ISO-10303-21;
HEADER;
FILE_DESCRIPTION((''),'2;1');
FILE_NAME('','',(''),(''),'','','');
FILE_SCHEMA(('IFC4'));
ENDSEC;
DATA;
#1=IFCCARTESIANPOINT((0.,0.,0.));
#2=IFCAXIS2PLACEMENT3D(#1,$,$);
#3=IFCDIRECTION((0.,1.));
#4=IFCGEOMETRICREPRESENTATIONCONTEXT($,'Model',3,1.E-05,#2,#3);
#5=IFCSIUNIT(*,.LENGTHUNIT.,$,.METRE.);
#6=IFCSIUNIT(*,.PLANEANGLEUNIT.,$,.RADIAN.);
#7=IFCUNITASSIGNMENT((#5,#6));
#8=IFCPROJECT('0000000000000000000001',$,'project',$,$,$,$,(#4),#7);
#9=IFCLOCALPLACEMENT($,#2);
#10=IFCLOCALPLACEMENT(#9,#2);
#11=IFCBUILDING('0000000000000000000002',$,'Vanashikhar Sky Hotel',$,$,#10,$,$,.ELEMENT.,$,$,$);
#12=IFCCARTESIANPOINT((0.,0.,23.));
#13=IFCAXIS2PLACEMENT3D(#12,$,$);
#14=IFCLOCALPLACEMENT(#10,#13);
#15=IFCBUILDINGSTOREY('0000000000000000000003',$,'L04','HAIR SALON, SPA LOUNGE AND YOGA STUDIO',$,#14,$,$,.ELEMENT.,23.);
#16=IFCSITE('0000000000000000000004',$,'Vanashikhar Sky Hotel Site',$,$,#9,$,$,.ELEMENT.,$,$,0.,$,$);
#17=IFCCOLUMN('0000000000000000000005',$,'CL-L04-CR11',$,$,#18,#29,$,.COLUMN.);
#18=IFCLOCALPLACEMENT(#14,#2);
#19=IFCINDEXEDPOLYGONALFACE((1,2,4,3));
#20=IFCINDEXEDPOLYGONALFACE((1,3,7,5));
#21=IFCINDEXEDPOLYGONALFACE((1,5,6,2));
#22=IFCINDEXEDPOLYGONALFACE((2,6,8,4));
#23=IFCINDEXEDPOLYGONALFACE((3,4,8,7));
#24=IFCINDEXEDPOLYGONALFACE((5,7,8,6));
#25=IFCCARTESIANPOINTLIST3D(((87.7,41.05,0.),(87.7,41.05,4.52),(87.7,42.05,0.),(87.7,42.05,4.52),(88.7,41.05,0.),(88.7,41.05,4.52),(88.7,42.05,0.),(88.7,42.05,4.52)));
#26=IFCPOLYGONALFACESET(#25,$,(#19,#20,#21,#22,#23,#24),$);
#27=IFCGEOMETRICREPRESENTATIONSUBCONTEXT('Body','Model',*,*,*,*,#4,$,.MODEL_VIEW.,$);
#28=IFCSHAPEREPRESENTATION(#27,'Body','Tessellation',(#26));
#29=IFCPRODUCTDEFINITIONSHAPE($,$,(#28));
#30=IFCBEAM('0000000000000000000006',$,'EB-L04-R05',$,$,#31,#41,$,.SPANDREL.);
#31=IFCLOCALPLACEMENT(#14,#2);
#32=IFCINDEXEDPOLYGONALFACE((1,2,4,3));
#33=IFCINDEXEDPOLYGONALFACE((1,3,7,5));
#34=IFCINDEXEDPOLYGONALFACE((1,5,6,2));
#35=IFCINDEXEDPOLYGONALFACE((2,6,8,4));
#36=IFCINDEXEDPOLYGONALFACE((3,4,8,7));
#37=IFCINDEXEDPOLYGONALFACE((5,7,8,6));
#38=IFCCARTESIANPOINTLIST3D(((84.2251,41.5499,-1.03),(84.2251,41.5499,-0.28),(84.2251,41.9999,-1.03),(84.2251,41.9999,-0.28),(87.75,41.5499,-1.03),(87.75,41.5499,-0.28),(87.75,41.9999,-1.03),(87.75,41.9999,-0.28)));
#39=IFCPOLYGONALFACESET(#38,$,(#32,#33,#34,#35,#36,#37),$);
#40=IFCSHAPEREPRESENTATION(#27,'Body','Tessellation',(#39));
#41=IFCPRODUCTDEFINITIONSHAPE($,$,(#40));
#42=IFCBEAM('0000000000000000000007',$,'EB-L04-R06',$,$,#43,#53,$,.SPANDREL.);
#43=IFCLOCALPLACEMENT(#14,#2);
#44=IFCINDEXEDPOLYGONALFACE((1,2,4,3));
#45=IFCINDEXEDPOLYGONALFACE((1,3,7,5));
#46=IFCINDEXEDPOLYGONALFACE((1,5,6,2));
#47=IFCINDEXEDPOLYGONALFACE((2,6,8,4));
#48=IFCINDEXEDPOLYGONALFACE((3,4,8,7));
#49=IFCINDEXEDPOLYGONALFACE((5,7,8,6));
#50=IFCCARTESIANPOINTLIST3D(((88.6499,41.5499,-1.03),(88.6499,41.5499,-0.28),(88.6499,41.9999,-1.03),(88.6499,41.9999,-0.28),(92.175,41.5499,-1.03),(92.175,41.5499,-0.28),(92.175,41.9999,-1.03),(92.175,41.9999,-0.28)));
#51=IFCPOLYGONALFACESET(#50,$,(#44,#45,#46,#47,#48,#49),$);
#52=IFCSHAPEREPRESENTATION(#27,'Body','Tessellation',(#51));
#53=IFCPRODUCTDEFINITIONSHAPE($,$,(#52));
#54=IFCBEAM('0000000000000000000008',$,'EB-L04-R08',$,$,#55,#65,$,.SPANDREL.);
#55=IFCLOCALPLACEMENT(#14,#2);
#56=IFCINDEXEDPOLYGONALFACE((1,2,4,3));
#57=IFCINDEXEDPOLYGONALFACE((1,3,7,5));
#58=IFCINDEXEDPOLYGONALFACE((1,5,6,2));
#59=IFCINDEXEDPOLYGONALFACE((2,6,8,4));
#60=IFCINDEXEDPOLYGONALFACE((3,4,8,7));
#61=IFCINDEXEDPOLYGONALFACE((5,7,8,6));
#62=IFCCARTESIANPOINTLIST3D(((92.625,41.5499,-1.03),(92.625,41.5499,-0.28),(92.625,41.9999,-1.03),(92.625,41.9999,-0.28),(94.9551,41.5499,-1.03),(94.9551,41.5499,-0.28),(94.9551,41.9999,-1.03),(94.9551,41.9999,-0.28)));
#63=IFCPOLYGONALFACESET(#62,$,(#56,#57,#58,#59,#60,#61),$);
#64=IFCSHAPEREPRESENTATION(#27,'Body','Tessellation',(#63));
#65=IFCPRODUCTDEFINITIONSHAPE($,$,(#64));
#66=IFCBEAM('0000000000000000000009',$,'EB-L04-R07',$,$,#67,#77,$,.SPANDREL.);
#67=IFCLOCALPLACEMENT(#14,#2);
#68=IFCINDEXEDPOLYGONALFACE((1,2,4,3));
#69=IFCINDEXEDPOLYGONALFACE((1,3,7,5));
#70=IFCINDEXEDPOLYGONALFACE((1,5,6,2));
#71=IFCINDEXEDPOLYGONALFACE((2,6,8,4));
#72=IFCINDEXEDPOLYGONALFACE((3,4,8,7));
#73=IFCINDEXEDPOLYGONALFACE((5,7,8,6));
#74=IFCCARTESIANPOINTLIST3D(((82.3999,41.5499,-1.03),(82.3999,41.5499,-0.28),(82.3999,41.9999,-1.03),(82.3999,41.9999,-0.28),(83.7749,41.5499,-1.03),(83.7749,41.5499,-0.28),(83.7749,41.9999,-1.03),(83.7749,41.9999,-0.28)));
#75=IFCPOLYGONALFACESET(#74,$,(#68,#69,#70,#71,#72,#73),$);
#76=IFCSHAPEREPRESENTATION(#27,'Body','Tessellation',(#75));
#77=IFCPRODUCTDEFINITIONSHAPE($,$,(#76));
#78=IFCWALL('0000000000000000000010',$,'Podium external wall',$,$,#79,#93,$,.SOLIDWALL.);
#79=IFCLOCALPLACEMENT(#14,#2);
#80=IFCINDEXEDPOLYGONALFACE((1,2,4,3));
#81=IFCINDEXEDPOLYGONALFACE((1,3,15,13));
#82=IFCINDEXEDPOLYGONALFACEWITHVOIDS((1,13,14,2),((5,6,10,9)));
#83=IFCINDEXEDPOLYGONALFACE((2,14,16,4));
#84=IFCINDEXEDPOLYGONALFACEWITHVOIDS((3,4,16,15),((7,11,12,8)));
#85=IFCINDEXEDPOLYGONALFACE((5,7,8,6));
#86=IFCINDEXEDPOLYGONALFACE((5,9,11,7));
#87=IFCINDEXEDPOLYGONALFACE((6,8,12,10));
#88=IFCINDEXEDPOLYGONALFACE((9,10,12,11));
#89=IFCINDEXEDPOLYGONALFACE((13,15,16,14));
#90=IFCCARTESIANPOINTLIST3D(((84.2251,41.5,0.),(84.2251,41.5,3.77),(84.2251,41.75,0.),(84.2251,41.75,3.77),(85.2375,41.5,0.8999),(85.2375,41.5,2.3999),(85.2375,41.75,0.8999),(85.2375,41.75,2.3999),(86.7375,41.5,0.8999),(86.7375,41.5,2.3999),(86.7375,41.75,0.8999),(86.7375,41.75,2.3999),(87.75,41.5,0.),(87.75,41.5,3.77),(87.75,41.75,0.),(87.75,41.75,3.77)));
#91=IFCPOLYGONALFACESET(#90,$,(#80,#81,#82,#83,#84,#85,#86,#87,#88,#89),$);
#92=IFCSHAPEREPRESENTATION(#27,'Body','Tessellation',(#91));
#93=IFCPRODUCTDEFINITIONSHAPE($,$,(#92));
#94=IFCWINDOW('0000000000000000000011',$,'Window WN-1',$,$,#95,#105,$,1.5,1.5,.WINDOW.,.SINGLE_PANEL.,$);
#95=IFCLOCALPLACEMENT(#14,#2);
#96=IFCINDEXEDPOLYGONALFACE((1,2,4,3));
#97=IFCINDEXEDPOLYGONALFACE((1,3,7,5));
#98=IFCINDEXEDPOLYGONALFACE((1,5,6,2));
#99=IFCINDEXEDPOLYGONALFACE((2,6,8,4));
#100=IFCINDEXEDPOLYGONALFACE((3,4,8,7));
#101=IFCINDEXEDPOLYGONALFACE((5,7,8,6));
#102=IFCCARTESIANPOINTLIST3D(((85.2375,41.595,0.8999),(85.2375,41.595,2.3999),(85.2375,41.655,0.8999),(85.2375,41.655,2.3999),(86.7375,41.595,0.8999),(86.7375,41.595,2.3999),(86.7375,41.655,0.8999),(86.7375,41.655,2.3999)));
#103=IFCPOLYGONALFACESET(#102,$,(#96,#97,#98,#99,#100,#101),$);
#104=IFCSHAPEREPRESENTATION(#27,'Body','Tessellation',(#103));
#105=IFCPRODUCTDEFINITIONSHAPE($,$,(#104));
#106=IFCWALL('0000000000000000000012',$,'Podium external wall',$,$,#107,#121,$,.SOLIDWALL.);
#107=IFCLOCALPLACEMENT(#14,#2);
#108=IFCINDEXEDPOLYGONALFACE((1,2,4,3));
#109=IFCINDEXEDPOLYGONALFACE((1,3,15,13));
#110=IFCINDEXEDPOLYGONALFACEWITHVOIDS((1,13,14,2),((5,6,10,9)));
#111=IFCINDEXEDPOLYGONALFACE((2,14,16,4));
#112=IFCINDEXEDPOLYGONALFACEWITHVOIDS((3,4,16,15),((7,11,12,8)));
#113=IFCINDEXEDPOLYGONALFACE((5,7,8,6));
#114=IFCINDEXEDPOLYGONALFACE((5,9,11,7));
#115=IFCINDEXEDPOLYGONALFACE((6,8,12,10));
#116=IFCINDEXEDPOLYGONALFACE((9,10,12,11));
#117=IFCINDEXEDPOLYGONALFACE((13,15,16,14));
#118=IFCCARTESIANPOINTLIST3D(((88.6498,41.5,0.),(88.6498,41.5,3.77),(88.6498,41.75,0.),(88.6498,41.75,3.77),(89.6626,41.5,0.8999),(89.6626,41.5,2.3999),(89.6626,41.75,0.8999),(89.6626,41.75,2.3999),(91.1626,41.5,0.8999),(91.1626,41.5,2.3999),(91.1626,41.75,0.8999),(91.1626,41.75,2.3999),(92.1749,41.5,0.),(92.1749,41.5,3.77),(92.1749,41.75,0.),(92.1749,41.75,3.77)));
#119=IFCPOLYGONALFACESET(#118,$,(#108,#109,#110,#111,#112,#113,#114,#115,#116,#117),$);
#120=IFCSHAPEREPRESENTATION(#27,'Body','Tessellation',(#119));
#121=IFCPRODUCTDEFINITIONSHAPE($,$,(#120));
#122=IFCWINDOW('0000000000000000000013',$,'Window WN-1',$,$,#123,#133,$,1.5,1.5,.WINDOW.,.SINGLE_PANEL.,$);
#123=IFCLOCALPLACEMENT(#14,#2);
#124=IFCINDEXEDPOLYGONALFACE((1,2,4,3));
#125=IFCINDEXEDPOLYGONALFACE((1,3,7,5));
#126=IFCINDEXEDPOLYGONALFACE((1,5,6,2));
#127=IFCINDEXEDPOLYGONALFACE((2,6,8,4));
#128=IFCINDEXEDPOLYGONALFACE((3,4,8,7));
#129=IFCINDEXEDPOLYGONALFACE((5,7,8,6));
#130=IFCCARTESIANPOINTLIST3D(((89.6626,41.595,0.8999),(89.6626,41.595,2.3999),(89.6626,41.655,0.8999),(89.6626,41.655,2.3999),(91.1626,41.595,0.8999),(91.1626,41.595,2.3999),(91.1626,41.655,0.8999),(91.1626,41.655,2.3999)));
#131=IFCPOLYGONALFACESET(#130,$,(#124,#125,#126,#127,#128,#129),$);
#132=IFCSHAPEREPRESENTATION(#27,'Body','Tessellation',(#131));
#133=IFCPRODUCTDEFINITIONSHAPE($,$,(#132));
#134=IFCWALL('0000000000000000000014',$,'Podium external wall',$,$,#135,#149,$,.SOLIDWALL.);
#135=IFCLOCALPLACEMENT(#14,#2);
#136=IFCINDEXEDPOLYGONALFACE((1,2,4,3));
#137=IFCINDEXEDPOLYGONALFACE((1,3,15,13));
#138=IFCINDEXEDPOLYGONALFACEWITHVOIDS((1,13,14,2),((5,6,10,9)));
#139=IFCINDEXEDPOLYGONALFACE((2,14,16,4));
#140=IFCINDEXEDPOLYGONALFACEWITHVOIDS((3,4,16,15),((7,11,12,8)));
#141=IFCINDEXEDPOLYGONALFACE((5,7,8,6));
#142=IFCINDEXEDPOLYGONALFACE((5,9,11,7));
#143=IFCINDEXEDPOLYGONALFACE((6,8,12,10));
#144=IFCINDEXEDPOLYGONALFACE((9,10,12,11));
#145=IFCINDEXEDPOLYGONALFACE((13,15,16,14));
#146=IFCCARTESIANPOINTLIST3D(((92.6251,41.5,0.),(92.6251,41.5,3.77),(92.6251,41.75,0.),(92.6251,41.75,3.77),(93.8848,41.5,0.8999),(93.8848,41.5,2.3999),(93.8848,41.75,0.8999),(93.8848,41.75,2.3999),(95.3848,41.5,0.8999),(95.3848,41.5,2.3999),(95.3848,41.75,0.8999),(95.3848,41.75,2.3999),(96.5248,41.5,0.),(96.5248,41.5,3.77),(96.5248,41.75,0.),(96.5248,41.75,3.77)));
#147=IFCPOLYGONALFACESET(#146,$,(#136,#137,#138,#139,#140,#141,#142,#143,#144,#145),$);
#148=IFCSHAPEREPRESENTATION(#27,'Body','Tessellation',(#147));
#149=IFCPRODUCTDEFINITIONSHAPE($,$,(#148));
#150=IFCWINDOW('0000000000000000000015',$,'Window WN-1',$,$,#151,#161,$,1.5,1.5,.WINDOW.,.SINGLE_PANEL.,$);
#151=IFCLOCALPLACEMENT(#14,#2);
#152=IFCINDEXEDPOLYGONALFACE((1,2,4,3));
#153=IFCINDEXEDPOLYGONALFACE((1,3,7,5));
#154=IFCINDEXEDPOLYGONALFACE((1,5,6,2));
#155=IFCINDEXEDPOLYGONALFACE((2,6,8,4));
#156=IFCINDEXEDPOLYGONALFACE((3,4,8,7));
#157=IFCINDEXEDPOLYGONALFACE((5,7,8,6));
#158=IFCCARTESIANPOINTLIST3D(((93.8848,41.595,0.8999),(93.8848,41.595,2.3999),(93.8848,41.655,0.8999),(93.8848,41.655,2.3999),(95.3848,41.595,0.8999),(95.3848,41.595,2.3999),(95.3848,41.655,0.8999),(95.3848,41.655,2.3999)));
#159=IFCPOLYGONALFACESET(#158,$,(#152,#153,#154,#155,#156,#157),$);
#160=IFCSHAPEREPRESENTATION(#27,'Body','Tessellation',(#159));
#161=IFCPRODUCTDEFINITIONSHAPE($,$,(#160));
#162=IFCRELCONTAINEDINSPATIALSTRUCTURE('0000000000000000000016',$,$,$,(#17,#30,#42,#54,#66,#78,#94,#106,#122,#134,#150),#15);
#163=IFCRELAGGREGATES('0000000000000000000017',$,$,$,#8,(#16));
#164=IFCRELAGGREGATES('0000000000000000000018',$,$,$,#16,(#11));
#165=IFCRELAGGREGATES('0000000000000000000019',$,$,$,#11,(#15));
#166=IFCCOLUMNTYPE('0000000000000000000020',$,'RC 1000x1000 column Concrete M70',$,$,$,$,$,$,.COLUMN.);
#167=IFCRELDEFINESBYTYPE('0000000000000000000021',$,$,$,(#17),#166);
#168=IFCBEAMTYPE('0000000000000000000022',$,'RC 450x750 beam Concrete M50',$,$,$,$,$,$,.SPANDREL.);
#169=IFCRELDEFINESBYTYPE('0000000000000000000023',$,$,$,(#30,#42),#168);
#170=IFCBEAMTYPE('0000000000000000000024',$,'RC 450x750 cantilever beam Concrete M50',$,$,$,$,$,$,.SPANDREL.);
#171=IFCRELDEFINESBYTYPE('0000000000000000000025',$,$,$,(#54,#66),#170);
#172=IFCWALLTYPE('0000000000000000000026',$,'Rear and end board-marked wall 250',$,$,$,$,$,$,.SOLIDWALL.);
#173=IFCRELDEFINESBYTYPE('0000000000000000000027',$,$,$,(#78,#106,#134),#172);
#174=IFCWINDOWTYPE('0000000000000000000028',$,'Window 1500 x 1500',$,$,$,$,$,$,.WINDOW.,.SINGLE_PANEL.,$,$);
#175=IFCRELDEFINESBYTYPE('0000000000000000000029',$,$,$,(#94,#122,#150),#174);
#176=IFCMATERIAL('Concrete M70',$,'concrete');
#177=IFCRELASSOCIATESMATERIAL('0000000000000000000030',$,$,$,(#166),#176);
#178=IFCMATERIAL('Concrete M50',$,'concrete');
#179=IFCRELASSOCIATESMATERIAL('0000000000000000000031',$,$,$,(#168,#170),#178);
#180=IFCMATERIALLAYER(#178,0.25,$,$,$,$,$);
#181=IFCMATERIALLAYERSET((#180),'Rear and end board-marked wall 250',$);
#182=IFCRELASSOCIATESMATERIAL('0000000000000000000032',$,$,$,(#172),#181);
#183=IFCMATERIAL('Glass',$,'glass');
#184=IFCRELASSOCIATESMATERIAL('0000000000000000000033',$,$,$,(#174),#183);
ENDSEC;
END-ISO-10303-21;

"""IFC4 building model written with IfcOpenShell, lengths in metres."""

from ifc_helpers import new_model, si_unit, direction, frame, frame_2d, origin, origin_2d, place, context, subcontext, project, spatial, rectangle, extrude, source, transform, mapped, material, layer, layer_set, material_profile, profile_set, type_object, element, fill, save


model = new_model("IFC4")

# Units and contexts
model_context = context("Model", 3, precision=1e-05, world=origin(), true_north=direction((0.0, 1.0)))
body_context = subcontext(model_context, "Body", "Model", "MODEL_VIEW")
ifc_project = project(units=[si_unit("LENGTHUNIT", "METRE"), si_unit("PLANEANGLEUNIT", "RADIAN")], contexts=[model_context])

# Site, building, storey
site_placement = place(None, origin())
site = spatial("IfcSite", under=ifc_project, at=site_placement, Name="Vanashikhar Sky Hotel Site", CompositionType="ELEMENT", RefElevation=0.0)
building_placement = place(site_placement, origin())
building = spatial("IfcBuilding", under=site, at=building_placement, Name="Vanashikhar Sky Hotel", CompositionType="ELEMENT")
storey_placement = place(building_placement, frame((0.0, 0.0, 23.0)))
storey = spatial("IfcBuildingStorey", under=building, at=storey_placement, Name="L04", Description="HAIR SALON, SPA LOUNGE AND YOGA STUDIO", CompositionType="ELEMENT", Elevation=23.0)

# Column
ifc_material_1 = material(Name="Concrete M70", Category="concrete")
ifc_material_profile_1 = material_profile(ifc_material_1, rectangle(XDim=1.0, YDim=1.0, at=origin_2d()))
ifc_profile_set_1 = profile_set([ifc_material_profile_1], Name="RC 1000x1000 column Concrete M70")
column_type = type_object("IfcColumnType", Name="RC 1000x1000 column Concrete M70", PredefinedType="COLUMN", material=ifc_profile_set_1)
shared_shape_1 = source(origin(), body_context, "Body", "SweptSolid", [
    extrude(rectangle(XDim=1.0, YDim=1.0, at=origin_2d()), origin(), (0.0, 0.0, 1.0), 4.52),
])
column_placement = place(storey_placement, frame((88.2, 41.55, 0.0), z_axis=(0.0, 0.0, 1.0), x_axis=(1.0, 0.0, 0.0)))
element("IfcColumn", 1, at=column_placement, inside=storey, type_object=column_type, Name="CL-L04-CR11", PredefinedType="COLUMN", context=body_context, shape_type="MappedRepresentation", body=[
    mapped(shared_shape_1, transform((0.0, 0.0, 0.0), scale=1.0)),
])

# Beams
ifc_material_2 = material(Name="Concrete M50", Category="concrete")
ifc_material_profile_2 = material_profile(ifc_material_2, rectangle(XDim=0.45, YDim=0.75, at=origin_2d()))
ifc_profile_set_2 = profile_set([ifc_material_profile_2], Name="RC 450x750 beam Concrete M50")
beam_type_1 = type_object("IfcBeamType", Name="RC 450x750 beam Concrete M50", PredefinedType="SPANDREL", material=ifc_profile_set_2)
shared_shape_2 = source(origin(), body_context, "Body", "SweptSolid", [
    extrude(rectangle(XDim=0.45, YDim=0.75, at=origin_2d()), origin(), (0.0, 0.0, 1.0), 3.5249),
])
beam_1_placement = place(storey_placement, frame((84.2251, 41.7749, -0.655), z_axis=(1.0, 0.0, 0.0), x_axis=(0.0, 1.0, 0.0)))
element("IfcBeam", 2, at=beam_1_placement, inside=storey, type_object=beam_type_1, Name="EB-L04-R05", PredefinedType="SPANDREL", context=body_context, shape_type="MappedRepresentation", body=[
    mapped(shared_shape_2, transform((0.0, 0.0, 0.0), scale=1.0)),
])
shared_shape_3 = source(origin(), body_context, "Body", "SweptSolid", [
    extrude(rectangle(XDim=0.45, YDim=0.75, at=origin_2d()), origin(), (0.0, 0.0, 1.0), 3.5251),
])
beam_2_placement = place(storey_placement, frame((88.6499, 41.7749, -0.655), z_axis=(1.0, 0.0, 0.0), x_axis=(0.0, 1.0, 0.0)))
element("IfcBeam", 3, at=beam_2_placement, inside=storey, type_object=beam_type_1, Name="EB-L04-R06", PredefinedType="SPANDREL", context=body_context, shape_type="MappedRepresentation", body=[
    mapped(shared_shape_3, transform((0.0, 0.0, 0.0), scale=1.0)),
])
ifc_material_profile_3 = material_profile(ifc_material_2, rectangle(XDim=0.45, YDim=0.75, at=origin_2d()))
ifc_profile_set_3 = profile_set([ifc_material_profile_3], Name="RC 450x750 cantilever beam Concrete M50")
beam_type_2 = type_object("IfcBeamType", Name="RC 450x750 cantilever beam Concrete M50", PredefinedType="SPANDREL", material=ifc_profile_set_3)
shared_shape_4 = source(origin(), body_context, "Body", "SweptSolid", [
    extrude(rectangle(XDim=0.45, YDim=0.75, at=origin_2d()), origin(), (0.0, 0.0, 1.0), 2.3301),
])
beam_3_placement = place(storey_placement, frame((92.625, 41.7749, -0.655), z_axis=(1.0, 0.0, 0.0), x_axis=(0.0, 1.0, 0.0)))
element("IfcBeam", 4, at=beam_3_placement, inside=storey, type_object=beam_type_2, Name="EB-L04-R08", PredefinedType="SPANDREL", context=body_context, shape_type="MappedRepresentation", body=[
    mapped(shared_shape_4, transform((0.0, 0.0, 0.0), scale=1.0)),
])
shared_shape_5 = source(origin(), body_context, "Body", "SweptSolid", [
    extrude(rectangle(XDim=0.45, YDim=0.75, at=origin_2d()), origin(), (0.0, 0.0, 1.0), 1.375),
])
beam_4_placement = place(storey_placement, frame((82.3999, 41.7749, -0.655), z_axis=(1.0, 0.0, 0.0), x_axis=(0.0, 1.0, 0.0)))
element("IfcBeam", 5, at=beam_4_placement, inside=storey, type_object=beam_type_2, Name="EB-L04-R07", PredefinedType="SPANDREL", context=body_context, shape_type="MappedRepresentation", body=[
    mapped(shared_shape_5, transform((0.0, 0.0, 0.0), scale=1.0)),
])

# Walls, openings, windows
ifc_layer_1 = layer(ifc_material_2, 0.25)
ifc_layer_set_1 = layer_set([ifc_layer_1], Name="Rear and end board-marked wall 250")
wall_type_1 = type_object("IfcWallType", Name="Rear and end board-marked wall 250", PredefinedType="SOLIDWALL", material=ifc_layer_set_1)
shared_shape_6 = source(origin(), body_context, "Body", "SweptSolid", [
    extrude(rectangle(XDim=3.5249, YDim=0.25, at=frame_2d((1.7625, 0.0))), origin(), (0.0, 0.0, 1.0), 3.77),
])
wall_1_placement = place(storey_placement, frame((87.75, 41.625, 0.0), z_axis=(0.0, 0.0, 1.0), x_axis=(-1.0, 0.0, 0.0)))
wall_1 = element("IfcWall", 6, at=wall_1_placement, inside=storey, type_object=wall_type_1, Name="Podium external wall", PredefinedType="SOLIDWALL", context=body_context, shape_type="MappedRepresentation", body=[
    mapped(shared_shape_6, transform((0.0, 0.0, 0.0), scale=1.0)),
])
shared_shape_7 = source(origin(), body_context, "Body", "SweptSolid", [
    extrude(rectangle(XDim=1.5, YDim=1.5, at=frame_2d((0.75, 0.75))), frame((0.0, 0.135, 0.0), z_axis=(0.0, -1.0, 0.0), x_axis=(1.0, 0.0, 0.0)), (0.0, 0.0, 1.0), 0.27),
])
opening_1_placement = place(wall_1_placement, frame((1.0125, 0.0, 0.8999)))
opening_1 = element("IfcOpeningElement", 7, at=opening_1_placement, cuts=wall_1, PredefinedType="OPENING", context=body_context, shape_type="MappedRepresentation", body=[
    mapped(shared_shape_7, transform((0.0, 0.0, 0.0), scale=1.0)),
])
ifc_material_3 = material(Name="Glass", Category="glass")
window_type = type_object("IfcWindowType", Name="Window 1500 x 1500", PartitioningType="SINGLE_PANEL", PredefinedType="WINDOW", material=ifc_material_3)
shared_shape_8 = source(origin(), body_context, "Body", "SweptSolid", [
    extrude(rectangle(XDim=1.5, YDim=1.5, at=frame_2d((0.75, 0.75))), frame((0.0, 0.03, 0.0), z_axis=(0.0, -1.0, 0.0), x_axis=(1.0, 0.0, 0.0)), (0.0, 0.0, 1.0), 0.0601),
])
window_1_placement = place(opening_1_placement, origin())
window_1 = element("IfcWindow", 8, at=window_1_placement, inside=storey, type_object=window_type, Name="Window WN-1", OverallHeight=1.5, OverallWidth=1.5, PartitioningType="SINGLE_PANEL", PredefinedType="WINDOW", context=body_context, shape_type="MappedRepresentation", body=[
    mapped(shared_shape_8, transform((0.0, 0.0, 0.0), scale=1.0)),
])
fill(opening_1, window_1)
shared_shape_9 = source(origin(), body_context, "Body", "SweptSolid", [
    extrude(rectangle(XDim=3.5251, YDim=0.25, at=frame_2d((1.7627, 0.0))), origin(), (0.0, 0.0, 1.0), 3.77),
])
wall_2_placement = place(storey_placement, frame((92.175, 41.625, 0.0), z_axis=(0.0, 0.0, 1.0), x_axis=(-1.0, 0.0, 0.0)))
wall_2 = element("IfcWall", 9, at=wall_2_placement, inside=storey, type_object=wall_type_1, Name="Podium external wall", PredefinedType="SOLIDWALL", context=body_context, shape_type="MappedRepresentation", body=[
    mapped(shared_shape_9, transform((0.0, 0.0, 0.0), scale=1.0)),
])
opening_2_placement = place(wall_2_placement, frame((1.0125, 0.0, 0.8999)))
opening_2 = element("IfcOpeningElement", 10, at=opening_2_placement, cuts=wall_2, PredefinedType="OPENING", context=body_context, shape_type="MappedRepresentation", body=[
    mapped(shared_shape_7, transform((0.0, 0.0, 0.0), scale=1.0)),
])
window_2_placement = place(opening_2_placement, origin())
window_2 = element("IfcWindow", 11, at=window_2_placement, inside=storey, type_object=window_type, Name="Window WN-1", OverallHeight=1.5, OverallWidth=1.5, PartitioningType="SINGLE_PANEL", PredefinedType="WINDOW", context=body_context, shape_type="MappedRepresentation", body=[
    mapped(shared_shape_8, transform((0.0, 0.0, 0.0), scale=1.0)),
])
fill(opening_2, window_2)
shared_shape_10 = source(origin(), body_context, "Body", "SweptSolid", [
    extrude(rectangle(XDim=3.8997, YDim=0.25, at=frame_2d((1.9497, 0.0))), origin(), (0.0, 0.0, 1.0), 3.77),
])
wall_3_placement = place(storey_placement, frame((96.5247, 41.625, 0.0), z_axis=(0.0, 0.0, 1.0), x_axis=(-1.0, 0.0, 0.0)))
wall_3 = element("IfcWall", 12, at=wall_3_placement, inside=storey, type_object=wall_type_1, Name="Podium external wall", PredefinedType="SOLIDWALL", context=body_context, shape_type="MappedRepresentation", body=[
    mapped(shared_shape_10, transform((0.0, 0.0, 0.0), scale=1.0)),
])
opening_3_placement = place(wall_3_placement, frame((1.1399, 0.0, 0.8999)))
opening_3 = element("IfcOpeningElement", 13, at=opening_3_placement, cuts=wall_3, PredefinedType="OPENING", context=body_context, shape_type="MappedRepresentation", body=[
    mapped(shared_shape_7, transform((0.0, 0.0, 0.0), scale=1.0)),
])
window_3_placement = place(opening_3_placement, origin())
window_3 = element("IfcWindow", 14, at=window_3_placement, inside=storey, type_object=window_type, Name="Window WN-1", OverallHeight=1.5, OverallWidth=1.5, PartitioningType="SINGLE_PANEL", PredefinedType="WINDOW", context=body_context, shape_type="MappedRepresentation", body=[
    mapped(shared_shape_8, transform((0.0, 0.0, 0.0), scale=1.0)),
])
fill(opening_3, window_3)

save(model, "model.ifc")
